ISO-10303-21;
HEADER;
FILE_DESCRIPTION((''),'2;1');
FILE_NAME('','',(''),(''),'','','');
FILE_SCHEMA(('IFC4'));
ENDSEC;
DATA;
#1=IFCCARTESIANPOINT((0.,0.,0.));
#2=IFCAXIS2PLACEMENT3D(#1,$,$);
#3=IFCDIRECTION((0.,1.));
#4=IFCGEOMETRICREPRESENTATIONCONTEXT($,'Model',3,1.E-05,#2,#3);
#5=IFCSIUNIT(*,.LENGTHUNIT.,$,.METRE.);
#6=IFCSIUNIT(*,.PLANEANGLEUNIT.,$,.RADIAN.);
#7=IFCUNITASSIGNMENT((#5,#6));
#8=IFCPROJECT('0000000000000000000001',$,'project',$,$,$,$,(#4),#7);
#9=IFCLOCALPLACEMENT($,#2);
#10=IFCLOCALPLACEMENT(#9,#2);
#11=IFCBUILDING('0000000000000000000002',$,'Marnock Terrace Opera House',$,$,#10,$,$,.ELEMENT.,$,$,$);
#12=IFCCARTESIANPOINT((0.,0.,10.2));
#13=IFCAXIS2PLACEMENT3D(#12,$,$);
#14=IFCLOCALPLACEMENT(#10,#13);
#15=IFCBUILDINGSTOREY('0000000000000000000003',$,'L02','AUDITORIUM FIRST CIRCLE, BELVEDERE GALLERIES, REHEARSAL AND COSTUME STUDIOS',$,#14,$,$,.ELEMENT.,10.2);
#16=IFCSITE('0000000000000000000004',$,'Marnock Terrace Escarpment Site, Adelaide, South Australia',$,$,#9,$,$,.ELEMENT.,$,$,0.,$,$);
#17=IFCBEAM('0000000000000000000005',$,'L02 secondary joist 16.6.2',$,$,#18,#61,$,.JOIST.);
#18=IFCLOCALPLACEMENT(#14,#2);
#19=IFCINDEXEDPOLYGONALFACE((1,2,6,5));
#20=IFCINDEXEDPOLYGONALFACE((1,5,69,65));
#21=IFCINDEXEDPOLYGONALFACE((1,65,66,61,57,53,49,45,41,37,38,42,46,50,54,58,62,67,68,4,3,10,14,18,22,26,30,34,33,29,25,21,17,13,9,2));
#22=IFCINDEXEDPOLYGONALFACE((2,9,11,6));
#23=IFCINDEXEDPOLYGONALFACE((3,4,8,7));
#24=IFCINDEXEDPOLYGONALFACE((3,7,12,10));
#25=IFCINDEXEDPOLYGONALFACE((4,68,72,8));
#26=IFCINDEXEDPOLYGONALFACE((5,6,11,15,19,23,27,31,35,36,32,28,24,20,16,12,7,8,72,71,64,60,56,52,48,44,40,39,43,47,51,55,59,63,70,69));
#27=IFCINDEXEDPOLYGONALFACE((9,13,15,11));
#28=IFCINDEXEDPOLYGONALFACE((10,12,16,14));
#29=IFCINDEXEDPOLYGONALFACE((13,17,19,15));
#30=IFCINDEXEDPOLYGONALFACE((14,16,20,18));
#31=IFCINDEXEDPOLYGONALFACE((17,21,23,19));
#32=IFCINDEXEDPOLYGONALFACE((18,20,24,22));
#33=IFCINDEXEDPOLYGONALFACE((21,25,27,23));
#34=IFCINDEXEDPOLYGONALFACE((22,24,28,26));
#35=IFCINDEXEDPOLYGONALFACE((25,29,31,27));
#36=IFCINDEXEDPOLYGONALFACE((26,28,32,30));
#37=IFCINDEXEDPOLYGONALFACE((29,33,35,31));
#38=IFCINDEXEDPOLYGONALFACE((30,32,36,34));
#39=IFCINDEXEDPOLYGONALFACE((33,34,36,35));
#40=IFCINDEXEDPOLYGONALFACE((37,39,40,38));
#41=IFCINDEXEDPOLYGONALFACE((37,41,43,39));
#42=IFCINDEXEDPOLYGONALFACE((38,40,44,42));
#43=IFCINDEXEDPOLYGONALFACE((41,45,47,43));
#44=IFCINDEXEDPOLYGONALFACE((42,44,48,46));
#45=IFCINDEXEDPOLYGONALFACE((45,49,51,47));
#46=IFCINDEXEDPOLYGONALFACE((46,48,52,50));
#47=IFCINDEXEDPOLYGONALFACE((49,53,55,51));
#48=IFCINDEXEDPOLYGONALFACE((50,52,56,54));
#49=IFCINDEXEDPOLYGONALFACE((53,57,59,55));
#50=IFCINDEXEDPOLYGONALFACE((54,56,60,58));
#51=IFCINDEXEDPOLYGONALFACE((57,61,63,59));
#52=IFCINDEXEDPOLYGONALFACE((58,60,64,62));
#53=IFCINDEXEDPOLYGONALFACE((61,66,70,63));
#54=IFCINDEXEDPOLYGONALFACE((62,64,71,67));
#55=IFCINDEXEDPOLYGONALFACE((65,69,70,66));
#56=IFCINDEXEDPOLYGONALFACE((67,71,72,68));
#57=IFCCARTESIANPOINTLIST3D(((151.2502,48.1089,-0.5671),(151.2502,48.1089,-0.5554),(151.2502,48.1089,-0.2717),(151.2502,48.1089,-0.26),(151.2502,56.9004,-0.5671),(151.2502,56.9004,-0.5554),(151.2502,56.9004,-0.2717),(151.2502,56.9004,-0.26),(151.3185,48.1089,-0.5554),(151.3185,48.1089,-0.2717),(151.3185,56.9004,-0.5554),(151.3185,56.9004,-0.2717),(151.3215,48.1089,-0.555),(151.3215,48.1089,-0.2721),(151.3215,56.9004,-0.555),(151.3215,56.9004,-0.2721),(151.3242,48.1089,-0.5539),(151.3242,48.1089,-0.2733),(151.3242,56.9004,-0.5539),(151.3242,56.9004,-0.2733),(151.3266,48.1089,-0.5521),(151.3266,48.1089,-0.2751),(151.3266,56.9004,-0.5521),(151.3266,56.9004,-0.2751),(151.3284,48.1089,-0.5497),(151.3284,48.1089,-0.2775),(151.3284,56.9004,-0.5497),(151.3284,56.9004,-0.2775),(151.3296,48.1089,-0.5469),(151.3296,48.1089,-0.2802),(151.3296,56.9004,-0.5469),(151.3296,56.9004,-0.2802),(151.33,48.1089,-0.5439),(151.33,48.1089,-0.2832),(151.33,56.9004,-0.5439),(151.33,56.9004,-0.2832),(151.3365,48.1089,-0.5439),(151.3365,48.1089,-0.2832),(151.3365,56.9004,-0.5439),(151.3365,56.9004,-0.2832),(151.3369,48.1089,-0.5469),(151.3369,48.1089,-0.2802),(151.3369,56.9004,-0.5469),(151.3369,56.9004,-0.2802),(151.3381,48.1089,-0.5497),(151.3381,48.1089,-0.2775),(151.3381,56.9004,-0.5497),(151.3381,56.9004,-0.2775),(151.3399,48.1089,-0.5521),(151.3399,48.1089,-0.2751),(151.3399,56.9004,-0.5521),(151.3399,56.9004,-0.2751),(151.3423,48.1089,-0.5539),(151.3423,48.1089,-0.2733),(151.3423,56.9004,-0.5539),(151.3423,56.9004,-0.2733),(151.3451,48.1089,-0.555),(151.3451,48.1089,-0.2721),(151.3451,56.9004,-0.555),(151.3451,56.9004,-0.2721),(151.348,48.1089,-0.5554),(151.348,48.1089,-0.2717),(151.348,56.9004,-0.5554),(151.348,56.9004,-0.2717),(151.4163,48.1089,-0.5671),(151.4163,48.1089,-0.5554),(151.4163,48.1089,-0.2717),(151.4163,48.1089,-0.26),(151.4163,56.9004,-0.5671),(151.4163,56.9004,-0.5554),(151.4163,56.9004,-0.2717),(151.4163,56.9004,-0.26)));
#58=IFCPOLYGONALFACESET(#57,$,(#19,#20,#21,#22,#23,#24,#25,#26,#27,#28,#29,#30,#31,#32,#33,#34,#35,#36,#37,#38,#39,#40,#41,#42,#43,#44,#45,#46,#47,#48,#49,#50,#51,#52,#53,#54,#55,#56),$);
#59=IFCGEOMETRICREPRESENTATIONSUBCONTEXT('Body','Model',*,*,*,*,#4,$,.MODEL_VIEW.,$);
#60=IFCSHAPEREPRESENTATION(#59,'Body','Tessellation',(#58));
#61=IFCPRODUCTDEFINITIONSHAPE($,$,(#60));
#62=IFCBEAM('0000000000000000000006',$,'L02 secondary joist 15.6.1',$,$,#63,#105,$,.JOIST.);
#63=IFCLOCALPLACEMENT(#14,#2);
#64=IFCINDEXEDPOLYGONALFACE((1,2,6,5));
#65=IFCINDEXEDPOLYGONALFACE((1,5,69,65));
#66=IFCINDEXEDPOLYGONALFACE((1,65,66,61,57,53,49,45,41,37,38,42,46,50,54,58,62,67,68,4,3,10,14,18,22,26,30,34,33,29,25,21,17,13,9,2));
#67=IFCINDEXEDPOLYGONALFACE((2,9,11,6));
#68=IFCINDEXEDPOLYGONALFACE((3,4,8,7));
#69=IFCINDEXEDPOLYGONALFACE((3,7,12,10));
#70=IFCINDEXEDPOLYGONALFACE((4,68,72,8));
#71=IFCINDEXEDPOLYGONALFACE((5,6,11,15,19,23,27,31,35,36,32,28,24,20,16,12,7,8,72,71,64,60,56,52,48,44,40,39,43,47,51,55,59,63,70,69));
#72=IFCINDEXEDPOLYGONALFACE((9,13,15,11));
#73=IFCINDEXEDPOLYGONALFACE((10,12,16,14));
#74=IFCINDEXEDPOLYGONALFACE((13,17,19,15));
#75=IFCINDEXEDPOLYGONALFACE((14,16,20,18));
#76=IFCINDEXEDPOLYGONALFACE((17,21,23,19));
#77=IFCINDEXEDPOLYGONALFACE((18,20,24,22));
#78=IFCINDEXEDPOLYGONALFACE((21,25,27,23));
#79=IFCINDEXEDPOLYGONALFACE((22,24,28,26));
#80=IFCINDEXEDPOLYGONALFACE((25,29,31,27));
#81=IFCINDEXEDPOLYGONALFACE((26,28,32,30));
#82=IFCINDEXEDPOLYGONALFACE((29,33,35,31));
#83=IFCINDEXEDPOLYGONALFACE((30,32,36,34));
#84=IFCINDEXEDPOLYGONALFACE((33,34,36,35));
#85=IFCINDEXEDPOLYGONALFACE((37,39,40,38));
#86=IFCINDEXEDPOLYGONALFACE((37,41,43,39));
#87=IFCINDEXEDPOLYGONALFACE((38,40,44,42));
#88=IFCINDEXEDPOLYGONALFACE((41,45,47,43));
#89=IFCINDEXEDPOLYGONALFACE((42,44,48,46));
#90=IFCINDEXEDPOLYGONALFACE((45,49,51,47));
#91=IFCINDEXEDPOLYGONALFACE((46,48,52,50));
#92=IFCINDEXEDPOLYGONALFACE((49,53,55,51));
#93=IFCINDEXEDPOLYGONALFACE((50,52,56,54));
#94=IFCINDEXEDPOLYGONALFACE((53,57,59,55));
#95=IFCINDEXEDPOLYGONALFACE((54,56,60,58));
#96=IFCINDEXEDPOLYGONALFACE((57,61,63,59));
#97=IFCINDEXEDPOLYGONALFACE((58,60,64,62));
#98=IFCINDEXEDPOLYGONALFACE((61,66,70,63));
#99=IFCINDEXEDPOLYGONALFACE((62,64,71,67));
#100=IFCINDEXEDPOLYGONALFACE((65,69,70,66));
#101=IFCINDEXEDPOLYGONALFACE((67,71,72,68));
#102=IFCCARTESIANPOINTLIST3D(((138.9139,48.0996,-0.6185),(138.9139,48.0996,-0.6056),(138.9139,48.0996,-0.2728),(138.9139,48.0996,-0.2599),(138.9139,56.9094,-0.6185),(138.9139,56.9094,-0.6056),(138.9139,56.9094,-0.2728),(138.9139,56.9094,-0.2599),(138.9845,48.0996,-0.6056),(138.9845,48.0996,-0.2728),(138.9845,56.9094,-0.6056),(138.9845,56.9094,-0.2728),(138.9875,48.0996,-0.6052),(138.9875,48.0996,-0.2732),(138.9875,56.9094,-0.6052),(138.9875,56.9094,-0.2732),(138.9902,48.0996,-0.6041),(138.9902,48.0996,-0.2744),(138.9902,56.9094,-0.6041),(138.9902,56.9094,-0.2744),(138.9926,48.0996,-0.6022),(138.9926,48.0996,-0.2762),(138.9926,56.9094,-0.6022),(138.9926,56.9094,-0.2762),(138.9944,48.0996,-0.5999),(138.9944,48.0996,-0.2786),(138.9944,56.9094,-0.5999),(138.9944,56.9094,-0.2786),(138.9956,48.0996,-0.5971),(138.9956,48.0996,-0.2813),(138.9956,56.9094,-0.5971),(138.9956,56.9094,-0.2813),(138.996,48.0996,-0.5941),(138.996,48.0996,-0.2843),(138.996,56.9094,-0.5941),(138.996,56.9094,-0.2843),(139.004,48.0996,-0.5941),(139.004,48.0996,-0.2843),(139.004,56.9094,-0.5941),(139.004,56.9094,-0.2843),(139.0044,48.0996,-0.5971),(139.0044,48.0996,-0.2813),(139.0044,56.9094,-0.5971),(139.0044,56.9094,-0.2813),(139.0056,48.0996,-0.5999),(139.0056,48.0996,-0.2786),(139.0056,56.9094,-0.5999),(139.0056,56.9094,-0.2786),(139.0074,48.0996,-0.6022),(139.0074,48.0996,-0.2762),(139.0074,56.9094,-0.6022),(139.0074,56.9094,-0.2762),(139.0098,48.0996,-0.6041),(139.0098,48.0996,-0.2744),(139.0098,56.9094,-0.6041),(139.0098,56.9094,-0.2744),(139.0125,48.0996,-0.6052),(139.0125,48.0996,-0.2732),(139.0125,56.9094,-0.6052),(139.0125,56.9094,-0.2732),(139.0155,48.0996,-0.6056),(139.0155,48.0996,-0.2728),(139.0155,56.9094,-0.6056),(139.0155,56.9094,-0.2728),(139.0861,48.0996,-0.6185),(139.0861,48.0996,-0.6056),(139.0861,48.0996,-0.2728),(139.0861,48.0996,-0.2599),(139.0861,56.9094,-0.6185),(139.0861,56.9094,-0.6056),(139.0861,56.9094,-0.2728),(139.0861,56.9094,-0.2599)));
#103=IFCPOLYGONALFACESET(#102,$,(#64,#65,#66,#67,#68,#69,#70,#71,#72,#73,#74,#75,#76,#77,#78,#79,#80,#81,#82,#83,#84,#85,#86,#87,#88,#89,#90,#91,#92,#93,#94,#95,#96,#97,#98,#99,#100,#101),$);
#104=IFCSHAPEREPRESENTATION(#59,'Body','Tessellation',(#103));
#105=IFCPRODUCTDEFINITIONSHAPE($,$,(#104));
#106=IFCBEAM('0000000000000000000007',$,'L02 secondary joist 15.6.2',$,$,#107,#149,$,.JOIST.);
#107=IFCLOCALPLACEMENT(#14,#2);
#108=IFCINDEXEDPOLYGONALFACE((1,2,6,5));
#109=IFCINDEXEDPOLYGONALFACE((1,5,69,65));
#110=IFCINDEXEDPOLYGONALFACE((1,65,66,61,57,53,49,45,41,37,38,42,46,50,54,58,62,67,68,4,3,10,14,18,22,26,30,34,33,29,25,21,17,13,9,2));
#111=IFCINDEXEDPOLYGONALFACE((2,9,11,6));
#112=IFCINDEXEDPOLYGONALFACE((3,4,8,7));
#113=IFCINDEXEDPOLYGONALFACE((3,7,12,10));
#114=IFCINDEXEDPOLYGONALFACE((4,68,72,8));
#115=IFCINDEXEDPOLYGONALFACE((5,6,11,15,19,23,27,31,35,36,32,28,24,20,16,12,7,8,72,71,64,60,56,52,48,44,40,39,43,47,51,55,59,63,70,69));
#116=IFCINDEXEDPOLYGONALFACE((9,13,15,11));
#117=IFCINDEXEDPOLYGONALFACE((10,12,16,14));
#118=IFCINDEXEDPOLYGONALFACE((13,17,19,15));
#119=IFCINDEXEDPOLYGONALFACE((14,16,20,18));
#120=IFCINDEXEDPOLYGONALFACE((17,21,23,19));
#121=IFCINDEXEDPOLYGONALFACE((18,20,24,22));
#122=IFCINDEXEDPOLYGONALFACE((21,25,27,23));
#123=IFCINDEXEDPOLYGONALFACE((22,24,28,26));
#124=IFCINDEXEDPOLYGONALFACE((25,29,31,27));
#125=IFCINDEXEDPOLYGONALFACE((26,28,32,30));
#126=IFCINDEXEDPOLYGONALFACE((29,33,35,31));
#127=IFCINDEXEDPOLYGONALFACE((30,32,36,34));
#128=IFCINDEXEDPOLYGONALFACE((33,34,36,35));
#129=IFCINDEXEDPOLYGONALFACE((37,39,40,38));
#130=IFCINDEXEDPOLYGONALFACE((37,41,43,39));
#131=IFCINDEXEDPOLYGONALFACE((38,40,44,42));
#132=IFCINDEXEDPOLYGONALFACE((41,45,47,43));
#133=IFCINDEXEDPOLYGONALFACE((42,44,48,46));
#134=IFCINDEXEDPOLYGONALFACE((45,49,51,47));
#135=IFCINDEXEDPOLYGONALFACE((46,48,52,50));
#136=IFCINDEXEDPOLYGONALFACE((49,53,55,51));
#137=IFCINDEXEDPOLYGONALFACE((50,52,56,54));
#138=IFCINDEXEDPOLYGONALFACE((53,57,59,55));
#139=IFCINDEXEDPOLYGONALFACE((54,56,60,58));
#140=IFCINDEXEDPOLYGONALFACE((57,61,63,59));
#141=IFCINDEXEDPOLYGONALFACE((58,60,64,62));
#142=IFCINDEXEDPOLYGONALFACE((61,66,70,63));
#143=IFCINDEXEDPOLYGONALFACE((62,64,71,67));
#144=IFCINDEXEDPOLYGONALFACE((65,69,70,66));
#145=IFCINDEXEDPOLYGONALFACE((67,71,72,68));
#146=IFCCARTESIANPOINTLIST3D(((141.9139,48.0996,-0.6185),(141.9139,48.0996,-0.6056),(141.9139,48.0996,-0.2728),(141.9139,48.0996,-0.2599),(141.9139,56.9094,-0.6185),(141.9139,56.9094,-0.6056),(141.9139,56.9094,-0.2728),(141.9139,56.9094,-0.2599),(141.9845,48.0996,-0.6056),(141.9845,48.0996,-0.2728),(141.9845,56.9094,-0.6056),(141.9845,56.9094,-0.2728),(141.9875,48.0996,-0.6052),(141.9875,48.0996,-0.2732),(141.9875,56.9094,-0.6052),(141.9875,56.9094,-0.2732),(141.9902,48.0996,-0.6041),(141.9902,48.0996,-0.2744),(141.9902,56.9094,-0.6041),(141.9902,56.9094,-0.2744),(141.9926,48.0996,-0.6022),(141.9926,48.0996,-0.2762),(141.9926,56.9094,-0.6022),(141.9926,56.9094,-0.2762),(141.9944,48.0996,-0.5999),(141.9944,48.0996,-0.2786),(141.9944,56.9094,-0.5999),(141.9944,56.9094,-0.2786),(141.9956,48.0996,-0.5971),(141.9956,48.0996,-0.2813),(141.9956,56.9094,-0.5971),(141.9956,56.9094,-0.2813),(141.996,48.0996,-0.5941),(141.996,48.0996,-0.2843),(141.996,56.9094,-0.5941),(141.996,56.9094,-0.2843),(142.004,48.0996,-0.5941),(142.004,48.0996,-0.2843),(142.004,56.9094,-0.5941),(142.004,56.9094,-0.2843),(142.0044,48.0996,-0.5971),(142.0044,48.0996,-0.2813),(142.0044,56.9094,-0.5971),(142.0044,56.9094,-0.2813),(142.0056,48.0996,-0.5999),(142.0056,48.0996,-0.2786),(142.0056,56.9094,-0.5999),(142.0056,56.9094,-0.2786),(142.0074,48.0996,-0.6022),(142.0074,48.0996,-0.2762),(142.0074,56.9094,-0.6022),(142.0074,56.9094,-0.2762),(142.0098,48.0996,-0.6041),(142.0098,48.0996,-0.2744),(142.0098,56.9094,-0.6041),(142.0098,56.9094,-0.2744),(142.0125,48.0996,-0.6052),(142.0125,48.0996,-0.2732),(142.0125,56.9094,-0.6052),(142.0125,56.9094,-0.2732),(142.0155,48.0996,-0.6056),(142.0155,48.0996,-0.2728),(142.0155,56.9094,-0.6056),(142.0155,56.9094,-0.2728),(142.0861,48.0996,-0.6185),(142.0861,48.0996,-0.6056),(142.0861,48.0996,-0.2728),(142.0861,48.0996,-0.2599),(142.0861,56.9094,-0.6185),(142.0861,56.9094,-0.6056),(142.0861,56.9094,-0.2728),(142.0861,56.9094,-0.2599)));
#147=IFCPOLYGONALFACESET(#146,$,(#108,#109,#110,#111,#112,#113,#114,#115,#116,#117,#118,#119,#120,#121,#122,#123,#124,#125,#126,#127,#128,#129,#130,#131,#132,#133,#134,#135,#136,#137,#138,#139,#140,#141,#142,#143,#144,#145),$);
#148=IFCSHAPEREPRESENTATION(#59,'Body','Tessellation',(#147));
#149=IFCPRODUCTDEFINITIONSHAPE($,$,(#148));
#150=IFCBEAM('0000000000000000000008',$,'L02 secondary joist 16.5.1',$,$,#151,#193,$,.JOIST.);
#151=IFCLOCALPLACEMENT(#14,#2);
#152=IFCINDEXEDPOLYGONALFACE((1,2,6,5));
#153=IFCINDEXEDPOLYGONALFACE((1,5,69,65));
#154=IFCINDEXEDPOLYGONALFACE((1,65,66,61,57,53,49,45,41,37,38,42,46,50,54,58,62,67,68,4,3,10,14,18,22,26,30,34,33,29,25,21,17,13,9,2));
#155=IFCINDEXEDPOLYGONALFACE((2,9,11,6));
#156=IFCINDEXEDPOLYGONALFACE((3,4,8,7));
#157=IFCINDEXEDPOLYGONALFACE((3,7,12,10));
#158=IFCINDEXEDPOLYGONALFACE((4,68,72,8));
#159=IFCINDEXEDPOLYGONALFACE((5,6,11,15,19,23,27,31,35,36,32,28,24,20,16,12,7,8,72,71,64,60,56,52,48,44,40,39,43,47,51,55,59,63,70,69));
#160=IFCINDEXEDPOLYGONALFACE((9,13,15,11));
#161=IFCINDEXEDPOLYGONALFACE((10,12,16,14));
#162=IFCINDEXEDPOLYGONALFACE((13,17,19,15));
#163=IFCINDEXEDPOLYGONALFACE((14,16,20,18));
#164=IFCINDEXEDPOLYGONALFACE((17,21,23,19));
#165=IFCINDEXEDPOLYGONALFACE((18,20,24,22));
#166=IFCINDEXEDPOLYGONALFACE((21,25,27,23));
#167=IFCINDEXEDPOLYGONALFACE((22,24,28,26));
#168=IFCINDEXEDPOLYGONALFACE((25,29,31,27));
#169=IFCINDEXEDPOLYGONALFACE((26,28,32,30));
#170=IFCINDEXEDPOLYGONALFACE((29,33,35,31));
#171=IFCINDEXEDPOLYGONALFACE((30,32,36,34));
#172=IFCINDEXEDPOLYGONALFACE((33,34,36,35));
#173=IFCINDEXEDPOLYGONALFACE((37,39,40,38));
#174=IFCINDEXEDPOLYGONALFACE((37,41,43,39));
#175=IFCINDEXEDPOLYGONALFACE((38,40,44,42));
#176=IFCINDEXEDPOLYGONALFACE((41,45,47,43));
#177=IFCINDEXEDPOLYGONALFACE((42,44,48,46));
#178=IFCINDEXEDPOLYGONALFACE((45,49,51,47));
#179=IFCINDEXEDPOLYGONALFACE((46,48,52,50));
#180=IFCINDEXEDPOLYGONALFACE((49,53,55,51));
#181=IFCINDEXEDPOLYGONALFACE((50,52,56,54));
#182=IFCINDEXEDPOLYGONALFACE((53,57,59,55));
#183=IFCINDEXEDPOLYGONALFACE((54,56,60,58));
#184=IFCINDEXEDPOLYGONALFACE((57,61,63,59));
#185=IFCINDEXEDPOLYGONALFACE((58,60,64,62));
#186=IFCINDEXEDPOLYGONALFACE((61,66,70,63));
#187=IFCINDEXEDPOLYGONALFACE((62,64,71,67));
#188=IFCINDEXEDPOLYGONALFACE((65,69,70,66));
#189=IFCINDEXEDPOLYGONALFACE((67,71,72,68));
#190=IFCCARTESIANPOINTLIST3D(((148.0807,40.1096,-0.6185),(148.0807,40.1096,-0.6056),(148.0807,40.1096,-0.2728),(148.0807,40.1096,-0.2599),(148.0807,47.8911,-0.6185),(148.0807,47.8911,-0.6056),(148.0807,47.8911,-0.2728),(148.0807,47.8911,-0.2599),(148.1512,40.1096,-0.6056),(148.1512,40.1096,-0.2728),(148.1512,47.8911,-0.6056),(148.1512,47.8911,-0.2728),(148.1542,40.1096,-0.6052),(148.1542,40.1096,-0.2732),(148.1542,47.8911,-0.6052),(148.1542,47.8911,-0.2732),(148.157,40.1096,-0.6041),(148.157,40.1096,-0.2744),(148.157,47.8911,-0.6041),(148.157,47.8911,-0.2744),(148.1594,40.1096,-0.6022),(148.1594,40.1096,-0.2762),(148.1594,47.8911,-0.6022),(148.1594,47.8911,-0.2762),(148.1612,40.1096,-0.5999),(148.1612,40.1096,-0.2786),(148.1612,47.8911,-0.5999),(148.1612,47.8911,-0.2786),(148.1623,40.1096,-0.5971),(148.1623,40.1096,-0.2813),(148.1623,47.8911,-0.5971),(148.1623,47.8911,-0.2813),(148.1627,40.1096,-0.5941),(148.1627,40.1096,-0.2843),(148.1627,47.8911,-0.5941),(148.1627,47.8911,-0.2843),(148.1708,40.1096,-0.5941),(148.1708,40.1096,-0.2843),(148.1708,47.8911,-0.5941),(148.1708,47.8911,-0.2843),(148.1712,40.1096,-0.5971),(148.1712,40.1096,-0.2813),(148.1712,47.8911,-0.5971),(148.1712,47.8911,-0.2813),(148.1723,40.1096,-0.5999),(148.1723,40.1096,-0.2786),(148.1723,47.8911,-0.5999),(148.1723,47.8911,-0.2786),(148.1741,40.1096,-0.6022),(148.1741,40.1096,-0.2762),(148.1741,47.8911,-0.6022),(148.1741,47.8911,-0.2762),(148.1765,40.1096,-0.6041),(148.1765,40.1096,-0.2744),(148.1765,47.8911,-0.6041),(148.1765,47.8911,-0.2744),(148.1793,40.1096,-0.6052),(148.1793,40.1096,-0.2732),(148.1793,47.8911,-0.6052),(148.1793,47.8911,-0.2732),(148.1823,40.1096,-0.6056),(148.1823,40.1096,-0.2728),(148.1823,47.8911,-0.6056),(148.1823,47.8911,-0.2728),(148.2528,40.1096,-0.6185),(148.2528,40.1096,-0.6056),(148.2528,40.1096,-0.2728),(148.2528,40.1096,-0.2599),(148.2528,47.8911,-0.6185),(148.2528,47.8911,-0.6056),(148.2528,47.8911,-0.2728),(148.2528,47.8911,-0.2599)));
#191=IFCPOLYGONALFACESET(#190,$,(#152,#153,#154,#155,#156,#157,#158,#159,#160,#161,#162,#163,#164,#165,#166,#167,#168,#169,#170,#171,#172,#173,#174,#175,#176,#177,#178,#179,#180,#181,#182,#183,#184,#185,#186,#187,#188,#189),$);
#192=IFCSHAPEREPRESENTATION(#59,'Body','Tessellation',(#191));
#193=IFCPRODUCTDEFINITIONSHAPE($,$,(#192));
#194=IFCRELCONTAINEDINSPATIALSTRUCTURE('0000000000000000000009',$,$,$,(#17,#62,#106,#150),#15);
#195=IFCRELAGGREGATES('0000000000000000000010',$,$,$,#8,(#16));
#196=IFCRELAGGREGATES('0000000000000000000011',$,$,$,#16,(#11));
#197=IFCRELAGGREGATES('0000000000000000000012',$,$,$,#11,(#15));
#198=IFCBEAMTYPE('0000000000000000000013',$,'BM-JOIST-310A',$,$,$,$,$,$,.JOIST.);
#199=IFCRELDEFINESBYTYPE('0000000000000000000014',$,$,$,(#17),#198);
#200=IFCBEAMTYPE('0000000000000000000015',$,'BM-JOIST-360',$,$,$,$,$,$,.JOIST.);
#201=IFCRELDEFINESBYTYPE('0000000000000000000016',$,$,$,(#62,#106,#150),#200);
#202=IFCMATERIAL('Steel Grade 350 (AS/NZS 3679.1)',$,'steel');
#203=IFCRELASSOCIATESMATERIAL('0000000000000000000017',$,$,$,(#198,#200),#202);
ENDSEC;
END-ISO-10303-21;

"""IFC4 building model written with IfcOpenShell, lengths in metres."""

from ifc_helpers import new_model, si_unit, direction, frame, origin, origin_2d, place, context, subcontext, project, spatial, i_section, extrude, material, material_profile, profile_set, type_object, element, save


model = new_model("IFC4")

# Units and contexts
model_context = context("Model", 3, precision=1e-05, world=origin(), true_north=direction((0.0, 1.0)))
body_context = subcontext(model_context, "Body", "Model", "MODEL_VIEW")
ifc_project = project(units=[si_unit("LENGTHUNIT", "METRE"), si_unit("PLANEANGLEUNIT", "RADIAN")], contexts=[model_context])

# Site, building, storey
site_placement = place(None, origin())
site = spatial("IfcSite", under=ifc_project, at=site_placement, Name="Marnock Terrace Escarpment Site, Adelaide, South Australia", CompositionType="ELEMENT", RefElevation=0.0)
building_placement = place(site_placement, origin())
building = spatial("IfcBuilding", under=site, at=building_placement, Name="Marnock Terrace Opera House", CompositionType="ELEMENT")
storey_placement = place(building_placement, frame((0.0, 0.0, 10.2)))
storey = spatial("IfcBuildingStorey", under=building, at=storey_placement, Name="L02", Description="AUDITORIUM FIRST CIRCLE, BELVEDERE GALLERIES, REHEARSAL AND COSTUME STUDIOS", CompositionType="ELEMENT", Elevation=10.2)

# Beams
ifc_material_1 = material(Name="Steel Grade 350 (AS/NZS 3679.1)", Category="steel")
ifc_material_profile_1 = material_profile(ifc_material_1, i_section(OverallWidth=0.166, OverallDepth=0.3071, WebThickness=0.0066, FlangeThickness=0.0117, FilletRadius=0.0115, at=origin_2d()))
ifc_profile_set_1 = profile_set([ifc_material_profile_1], Name="Steel Grade 350 (AS/NZS 3679.1)")
beam_type_1 = type_object("IfcBeamType", Name="BM-JOIST-310A", PredefinedType="JOIST", material=ifc_profile_set_1)
for number, where, z_axis, x_axis, name in (
    (1, (151.3333, 48.1089, -0.4136), (0.0, 1.0, 0.0), (-1.0, 0.0, 0.0), "L02 secondary joist 16.6.2"),
):
    element("IfcBeam", number, at=place(storey_placement, frame(where, z_axis=z_axis, x_axis=x_axis)), inside=storey, type_object=beam_type_1, Name=name, PredefinedType="JOIST", context=body_context, shape_type="SweptSolid", body=[
        extrude(i_section(OverallWidth=0.166, OverallDepth=0.3071, WebThickness=0.0066, FlangeThickness=0.0117, FilletRadius=0.0115, at=origin_2d()), origin(), (0.0, 0.0, 1.0), 8.7915),
    ])
ifc_material_profile_2 = material_profile(ifc_material_1, i_section(OverallWidth=0.1721, OverallDepth=0.3586, WebThickness=0.0081, FlangeThickness=0.0129, FilletRadius=0.0115, at=origin_2d()))
ifc_profile_set_2 = profile_set([ifc_material_profile_2], Name="Steel Grade 350 (AS/NZS 3679.1)")
beam_type_2 = type_object("IfcBeamType", Name="BM-JOIST-360", PredefinedType="JOIST", material=ifc_profile_set_2)
for number, where, z_axis, x_axis, name in (
    (2, (139.0, 48.0996, -0.4392), (0.0, 1.0, 0.0), (-1.0, 0.0, 0.0), "L02 secondary joist 15.6.1"),
    (3, (142.0, 48.0996, -0.4392), (0.0, 1.0, 0.0), (-1.0, 0.0, 0.0), "L02 secondary joist 15.6.2"),
):
    element("IfcBeam", number, at=place(storey_placement, frame(where, z_axis=z_axis, x_axis=x_axis)), inside=storey, type_object=beam_type_2, Name=name, PredefinedType="JOIST", context=body_context, shape_type="SweptSolid", body=[
        extrude(i_section(OverallWidth=0.1721, OverallDepth=0.3586, WebThickness=0.0081, FlangeThickness=0.0129, FilletRadius=0.0115, at=origin_2d()), origin(), (0.0, 0.0, 1.0), 8.8098),
    ])
for number, where, z_axis, x_axis, name in (
    (4, (148.1667, 40.1096, -0.4392), (0.0, 1.0, 0.0), (-1.0, 0.0, 0.0), "L02 secondary joist 16.5.1"),
):
    element("IfcBeam", number, at=place(storey_placement, frame(where, z_axis=z_axis, x_axis=x_axis)), inside=storey, type_object=beam_type_2, Name=name, PredefinedType="JOIST", context=body_context, shape_type="SweptSolid", body=[
        extrude(i_section(OverallWidth=0.1721, OverallDepth=0.3586, WebThickness=0.0081, FlangeThickness=0.0129, FilletRadius=0.0115, at=origin_2d()), origin(), (0.0, 0.0, 1.0), 7.7815),
    ])

save(model, "model.ifc")
